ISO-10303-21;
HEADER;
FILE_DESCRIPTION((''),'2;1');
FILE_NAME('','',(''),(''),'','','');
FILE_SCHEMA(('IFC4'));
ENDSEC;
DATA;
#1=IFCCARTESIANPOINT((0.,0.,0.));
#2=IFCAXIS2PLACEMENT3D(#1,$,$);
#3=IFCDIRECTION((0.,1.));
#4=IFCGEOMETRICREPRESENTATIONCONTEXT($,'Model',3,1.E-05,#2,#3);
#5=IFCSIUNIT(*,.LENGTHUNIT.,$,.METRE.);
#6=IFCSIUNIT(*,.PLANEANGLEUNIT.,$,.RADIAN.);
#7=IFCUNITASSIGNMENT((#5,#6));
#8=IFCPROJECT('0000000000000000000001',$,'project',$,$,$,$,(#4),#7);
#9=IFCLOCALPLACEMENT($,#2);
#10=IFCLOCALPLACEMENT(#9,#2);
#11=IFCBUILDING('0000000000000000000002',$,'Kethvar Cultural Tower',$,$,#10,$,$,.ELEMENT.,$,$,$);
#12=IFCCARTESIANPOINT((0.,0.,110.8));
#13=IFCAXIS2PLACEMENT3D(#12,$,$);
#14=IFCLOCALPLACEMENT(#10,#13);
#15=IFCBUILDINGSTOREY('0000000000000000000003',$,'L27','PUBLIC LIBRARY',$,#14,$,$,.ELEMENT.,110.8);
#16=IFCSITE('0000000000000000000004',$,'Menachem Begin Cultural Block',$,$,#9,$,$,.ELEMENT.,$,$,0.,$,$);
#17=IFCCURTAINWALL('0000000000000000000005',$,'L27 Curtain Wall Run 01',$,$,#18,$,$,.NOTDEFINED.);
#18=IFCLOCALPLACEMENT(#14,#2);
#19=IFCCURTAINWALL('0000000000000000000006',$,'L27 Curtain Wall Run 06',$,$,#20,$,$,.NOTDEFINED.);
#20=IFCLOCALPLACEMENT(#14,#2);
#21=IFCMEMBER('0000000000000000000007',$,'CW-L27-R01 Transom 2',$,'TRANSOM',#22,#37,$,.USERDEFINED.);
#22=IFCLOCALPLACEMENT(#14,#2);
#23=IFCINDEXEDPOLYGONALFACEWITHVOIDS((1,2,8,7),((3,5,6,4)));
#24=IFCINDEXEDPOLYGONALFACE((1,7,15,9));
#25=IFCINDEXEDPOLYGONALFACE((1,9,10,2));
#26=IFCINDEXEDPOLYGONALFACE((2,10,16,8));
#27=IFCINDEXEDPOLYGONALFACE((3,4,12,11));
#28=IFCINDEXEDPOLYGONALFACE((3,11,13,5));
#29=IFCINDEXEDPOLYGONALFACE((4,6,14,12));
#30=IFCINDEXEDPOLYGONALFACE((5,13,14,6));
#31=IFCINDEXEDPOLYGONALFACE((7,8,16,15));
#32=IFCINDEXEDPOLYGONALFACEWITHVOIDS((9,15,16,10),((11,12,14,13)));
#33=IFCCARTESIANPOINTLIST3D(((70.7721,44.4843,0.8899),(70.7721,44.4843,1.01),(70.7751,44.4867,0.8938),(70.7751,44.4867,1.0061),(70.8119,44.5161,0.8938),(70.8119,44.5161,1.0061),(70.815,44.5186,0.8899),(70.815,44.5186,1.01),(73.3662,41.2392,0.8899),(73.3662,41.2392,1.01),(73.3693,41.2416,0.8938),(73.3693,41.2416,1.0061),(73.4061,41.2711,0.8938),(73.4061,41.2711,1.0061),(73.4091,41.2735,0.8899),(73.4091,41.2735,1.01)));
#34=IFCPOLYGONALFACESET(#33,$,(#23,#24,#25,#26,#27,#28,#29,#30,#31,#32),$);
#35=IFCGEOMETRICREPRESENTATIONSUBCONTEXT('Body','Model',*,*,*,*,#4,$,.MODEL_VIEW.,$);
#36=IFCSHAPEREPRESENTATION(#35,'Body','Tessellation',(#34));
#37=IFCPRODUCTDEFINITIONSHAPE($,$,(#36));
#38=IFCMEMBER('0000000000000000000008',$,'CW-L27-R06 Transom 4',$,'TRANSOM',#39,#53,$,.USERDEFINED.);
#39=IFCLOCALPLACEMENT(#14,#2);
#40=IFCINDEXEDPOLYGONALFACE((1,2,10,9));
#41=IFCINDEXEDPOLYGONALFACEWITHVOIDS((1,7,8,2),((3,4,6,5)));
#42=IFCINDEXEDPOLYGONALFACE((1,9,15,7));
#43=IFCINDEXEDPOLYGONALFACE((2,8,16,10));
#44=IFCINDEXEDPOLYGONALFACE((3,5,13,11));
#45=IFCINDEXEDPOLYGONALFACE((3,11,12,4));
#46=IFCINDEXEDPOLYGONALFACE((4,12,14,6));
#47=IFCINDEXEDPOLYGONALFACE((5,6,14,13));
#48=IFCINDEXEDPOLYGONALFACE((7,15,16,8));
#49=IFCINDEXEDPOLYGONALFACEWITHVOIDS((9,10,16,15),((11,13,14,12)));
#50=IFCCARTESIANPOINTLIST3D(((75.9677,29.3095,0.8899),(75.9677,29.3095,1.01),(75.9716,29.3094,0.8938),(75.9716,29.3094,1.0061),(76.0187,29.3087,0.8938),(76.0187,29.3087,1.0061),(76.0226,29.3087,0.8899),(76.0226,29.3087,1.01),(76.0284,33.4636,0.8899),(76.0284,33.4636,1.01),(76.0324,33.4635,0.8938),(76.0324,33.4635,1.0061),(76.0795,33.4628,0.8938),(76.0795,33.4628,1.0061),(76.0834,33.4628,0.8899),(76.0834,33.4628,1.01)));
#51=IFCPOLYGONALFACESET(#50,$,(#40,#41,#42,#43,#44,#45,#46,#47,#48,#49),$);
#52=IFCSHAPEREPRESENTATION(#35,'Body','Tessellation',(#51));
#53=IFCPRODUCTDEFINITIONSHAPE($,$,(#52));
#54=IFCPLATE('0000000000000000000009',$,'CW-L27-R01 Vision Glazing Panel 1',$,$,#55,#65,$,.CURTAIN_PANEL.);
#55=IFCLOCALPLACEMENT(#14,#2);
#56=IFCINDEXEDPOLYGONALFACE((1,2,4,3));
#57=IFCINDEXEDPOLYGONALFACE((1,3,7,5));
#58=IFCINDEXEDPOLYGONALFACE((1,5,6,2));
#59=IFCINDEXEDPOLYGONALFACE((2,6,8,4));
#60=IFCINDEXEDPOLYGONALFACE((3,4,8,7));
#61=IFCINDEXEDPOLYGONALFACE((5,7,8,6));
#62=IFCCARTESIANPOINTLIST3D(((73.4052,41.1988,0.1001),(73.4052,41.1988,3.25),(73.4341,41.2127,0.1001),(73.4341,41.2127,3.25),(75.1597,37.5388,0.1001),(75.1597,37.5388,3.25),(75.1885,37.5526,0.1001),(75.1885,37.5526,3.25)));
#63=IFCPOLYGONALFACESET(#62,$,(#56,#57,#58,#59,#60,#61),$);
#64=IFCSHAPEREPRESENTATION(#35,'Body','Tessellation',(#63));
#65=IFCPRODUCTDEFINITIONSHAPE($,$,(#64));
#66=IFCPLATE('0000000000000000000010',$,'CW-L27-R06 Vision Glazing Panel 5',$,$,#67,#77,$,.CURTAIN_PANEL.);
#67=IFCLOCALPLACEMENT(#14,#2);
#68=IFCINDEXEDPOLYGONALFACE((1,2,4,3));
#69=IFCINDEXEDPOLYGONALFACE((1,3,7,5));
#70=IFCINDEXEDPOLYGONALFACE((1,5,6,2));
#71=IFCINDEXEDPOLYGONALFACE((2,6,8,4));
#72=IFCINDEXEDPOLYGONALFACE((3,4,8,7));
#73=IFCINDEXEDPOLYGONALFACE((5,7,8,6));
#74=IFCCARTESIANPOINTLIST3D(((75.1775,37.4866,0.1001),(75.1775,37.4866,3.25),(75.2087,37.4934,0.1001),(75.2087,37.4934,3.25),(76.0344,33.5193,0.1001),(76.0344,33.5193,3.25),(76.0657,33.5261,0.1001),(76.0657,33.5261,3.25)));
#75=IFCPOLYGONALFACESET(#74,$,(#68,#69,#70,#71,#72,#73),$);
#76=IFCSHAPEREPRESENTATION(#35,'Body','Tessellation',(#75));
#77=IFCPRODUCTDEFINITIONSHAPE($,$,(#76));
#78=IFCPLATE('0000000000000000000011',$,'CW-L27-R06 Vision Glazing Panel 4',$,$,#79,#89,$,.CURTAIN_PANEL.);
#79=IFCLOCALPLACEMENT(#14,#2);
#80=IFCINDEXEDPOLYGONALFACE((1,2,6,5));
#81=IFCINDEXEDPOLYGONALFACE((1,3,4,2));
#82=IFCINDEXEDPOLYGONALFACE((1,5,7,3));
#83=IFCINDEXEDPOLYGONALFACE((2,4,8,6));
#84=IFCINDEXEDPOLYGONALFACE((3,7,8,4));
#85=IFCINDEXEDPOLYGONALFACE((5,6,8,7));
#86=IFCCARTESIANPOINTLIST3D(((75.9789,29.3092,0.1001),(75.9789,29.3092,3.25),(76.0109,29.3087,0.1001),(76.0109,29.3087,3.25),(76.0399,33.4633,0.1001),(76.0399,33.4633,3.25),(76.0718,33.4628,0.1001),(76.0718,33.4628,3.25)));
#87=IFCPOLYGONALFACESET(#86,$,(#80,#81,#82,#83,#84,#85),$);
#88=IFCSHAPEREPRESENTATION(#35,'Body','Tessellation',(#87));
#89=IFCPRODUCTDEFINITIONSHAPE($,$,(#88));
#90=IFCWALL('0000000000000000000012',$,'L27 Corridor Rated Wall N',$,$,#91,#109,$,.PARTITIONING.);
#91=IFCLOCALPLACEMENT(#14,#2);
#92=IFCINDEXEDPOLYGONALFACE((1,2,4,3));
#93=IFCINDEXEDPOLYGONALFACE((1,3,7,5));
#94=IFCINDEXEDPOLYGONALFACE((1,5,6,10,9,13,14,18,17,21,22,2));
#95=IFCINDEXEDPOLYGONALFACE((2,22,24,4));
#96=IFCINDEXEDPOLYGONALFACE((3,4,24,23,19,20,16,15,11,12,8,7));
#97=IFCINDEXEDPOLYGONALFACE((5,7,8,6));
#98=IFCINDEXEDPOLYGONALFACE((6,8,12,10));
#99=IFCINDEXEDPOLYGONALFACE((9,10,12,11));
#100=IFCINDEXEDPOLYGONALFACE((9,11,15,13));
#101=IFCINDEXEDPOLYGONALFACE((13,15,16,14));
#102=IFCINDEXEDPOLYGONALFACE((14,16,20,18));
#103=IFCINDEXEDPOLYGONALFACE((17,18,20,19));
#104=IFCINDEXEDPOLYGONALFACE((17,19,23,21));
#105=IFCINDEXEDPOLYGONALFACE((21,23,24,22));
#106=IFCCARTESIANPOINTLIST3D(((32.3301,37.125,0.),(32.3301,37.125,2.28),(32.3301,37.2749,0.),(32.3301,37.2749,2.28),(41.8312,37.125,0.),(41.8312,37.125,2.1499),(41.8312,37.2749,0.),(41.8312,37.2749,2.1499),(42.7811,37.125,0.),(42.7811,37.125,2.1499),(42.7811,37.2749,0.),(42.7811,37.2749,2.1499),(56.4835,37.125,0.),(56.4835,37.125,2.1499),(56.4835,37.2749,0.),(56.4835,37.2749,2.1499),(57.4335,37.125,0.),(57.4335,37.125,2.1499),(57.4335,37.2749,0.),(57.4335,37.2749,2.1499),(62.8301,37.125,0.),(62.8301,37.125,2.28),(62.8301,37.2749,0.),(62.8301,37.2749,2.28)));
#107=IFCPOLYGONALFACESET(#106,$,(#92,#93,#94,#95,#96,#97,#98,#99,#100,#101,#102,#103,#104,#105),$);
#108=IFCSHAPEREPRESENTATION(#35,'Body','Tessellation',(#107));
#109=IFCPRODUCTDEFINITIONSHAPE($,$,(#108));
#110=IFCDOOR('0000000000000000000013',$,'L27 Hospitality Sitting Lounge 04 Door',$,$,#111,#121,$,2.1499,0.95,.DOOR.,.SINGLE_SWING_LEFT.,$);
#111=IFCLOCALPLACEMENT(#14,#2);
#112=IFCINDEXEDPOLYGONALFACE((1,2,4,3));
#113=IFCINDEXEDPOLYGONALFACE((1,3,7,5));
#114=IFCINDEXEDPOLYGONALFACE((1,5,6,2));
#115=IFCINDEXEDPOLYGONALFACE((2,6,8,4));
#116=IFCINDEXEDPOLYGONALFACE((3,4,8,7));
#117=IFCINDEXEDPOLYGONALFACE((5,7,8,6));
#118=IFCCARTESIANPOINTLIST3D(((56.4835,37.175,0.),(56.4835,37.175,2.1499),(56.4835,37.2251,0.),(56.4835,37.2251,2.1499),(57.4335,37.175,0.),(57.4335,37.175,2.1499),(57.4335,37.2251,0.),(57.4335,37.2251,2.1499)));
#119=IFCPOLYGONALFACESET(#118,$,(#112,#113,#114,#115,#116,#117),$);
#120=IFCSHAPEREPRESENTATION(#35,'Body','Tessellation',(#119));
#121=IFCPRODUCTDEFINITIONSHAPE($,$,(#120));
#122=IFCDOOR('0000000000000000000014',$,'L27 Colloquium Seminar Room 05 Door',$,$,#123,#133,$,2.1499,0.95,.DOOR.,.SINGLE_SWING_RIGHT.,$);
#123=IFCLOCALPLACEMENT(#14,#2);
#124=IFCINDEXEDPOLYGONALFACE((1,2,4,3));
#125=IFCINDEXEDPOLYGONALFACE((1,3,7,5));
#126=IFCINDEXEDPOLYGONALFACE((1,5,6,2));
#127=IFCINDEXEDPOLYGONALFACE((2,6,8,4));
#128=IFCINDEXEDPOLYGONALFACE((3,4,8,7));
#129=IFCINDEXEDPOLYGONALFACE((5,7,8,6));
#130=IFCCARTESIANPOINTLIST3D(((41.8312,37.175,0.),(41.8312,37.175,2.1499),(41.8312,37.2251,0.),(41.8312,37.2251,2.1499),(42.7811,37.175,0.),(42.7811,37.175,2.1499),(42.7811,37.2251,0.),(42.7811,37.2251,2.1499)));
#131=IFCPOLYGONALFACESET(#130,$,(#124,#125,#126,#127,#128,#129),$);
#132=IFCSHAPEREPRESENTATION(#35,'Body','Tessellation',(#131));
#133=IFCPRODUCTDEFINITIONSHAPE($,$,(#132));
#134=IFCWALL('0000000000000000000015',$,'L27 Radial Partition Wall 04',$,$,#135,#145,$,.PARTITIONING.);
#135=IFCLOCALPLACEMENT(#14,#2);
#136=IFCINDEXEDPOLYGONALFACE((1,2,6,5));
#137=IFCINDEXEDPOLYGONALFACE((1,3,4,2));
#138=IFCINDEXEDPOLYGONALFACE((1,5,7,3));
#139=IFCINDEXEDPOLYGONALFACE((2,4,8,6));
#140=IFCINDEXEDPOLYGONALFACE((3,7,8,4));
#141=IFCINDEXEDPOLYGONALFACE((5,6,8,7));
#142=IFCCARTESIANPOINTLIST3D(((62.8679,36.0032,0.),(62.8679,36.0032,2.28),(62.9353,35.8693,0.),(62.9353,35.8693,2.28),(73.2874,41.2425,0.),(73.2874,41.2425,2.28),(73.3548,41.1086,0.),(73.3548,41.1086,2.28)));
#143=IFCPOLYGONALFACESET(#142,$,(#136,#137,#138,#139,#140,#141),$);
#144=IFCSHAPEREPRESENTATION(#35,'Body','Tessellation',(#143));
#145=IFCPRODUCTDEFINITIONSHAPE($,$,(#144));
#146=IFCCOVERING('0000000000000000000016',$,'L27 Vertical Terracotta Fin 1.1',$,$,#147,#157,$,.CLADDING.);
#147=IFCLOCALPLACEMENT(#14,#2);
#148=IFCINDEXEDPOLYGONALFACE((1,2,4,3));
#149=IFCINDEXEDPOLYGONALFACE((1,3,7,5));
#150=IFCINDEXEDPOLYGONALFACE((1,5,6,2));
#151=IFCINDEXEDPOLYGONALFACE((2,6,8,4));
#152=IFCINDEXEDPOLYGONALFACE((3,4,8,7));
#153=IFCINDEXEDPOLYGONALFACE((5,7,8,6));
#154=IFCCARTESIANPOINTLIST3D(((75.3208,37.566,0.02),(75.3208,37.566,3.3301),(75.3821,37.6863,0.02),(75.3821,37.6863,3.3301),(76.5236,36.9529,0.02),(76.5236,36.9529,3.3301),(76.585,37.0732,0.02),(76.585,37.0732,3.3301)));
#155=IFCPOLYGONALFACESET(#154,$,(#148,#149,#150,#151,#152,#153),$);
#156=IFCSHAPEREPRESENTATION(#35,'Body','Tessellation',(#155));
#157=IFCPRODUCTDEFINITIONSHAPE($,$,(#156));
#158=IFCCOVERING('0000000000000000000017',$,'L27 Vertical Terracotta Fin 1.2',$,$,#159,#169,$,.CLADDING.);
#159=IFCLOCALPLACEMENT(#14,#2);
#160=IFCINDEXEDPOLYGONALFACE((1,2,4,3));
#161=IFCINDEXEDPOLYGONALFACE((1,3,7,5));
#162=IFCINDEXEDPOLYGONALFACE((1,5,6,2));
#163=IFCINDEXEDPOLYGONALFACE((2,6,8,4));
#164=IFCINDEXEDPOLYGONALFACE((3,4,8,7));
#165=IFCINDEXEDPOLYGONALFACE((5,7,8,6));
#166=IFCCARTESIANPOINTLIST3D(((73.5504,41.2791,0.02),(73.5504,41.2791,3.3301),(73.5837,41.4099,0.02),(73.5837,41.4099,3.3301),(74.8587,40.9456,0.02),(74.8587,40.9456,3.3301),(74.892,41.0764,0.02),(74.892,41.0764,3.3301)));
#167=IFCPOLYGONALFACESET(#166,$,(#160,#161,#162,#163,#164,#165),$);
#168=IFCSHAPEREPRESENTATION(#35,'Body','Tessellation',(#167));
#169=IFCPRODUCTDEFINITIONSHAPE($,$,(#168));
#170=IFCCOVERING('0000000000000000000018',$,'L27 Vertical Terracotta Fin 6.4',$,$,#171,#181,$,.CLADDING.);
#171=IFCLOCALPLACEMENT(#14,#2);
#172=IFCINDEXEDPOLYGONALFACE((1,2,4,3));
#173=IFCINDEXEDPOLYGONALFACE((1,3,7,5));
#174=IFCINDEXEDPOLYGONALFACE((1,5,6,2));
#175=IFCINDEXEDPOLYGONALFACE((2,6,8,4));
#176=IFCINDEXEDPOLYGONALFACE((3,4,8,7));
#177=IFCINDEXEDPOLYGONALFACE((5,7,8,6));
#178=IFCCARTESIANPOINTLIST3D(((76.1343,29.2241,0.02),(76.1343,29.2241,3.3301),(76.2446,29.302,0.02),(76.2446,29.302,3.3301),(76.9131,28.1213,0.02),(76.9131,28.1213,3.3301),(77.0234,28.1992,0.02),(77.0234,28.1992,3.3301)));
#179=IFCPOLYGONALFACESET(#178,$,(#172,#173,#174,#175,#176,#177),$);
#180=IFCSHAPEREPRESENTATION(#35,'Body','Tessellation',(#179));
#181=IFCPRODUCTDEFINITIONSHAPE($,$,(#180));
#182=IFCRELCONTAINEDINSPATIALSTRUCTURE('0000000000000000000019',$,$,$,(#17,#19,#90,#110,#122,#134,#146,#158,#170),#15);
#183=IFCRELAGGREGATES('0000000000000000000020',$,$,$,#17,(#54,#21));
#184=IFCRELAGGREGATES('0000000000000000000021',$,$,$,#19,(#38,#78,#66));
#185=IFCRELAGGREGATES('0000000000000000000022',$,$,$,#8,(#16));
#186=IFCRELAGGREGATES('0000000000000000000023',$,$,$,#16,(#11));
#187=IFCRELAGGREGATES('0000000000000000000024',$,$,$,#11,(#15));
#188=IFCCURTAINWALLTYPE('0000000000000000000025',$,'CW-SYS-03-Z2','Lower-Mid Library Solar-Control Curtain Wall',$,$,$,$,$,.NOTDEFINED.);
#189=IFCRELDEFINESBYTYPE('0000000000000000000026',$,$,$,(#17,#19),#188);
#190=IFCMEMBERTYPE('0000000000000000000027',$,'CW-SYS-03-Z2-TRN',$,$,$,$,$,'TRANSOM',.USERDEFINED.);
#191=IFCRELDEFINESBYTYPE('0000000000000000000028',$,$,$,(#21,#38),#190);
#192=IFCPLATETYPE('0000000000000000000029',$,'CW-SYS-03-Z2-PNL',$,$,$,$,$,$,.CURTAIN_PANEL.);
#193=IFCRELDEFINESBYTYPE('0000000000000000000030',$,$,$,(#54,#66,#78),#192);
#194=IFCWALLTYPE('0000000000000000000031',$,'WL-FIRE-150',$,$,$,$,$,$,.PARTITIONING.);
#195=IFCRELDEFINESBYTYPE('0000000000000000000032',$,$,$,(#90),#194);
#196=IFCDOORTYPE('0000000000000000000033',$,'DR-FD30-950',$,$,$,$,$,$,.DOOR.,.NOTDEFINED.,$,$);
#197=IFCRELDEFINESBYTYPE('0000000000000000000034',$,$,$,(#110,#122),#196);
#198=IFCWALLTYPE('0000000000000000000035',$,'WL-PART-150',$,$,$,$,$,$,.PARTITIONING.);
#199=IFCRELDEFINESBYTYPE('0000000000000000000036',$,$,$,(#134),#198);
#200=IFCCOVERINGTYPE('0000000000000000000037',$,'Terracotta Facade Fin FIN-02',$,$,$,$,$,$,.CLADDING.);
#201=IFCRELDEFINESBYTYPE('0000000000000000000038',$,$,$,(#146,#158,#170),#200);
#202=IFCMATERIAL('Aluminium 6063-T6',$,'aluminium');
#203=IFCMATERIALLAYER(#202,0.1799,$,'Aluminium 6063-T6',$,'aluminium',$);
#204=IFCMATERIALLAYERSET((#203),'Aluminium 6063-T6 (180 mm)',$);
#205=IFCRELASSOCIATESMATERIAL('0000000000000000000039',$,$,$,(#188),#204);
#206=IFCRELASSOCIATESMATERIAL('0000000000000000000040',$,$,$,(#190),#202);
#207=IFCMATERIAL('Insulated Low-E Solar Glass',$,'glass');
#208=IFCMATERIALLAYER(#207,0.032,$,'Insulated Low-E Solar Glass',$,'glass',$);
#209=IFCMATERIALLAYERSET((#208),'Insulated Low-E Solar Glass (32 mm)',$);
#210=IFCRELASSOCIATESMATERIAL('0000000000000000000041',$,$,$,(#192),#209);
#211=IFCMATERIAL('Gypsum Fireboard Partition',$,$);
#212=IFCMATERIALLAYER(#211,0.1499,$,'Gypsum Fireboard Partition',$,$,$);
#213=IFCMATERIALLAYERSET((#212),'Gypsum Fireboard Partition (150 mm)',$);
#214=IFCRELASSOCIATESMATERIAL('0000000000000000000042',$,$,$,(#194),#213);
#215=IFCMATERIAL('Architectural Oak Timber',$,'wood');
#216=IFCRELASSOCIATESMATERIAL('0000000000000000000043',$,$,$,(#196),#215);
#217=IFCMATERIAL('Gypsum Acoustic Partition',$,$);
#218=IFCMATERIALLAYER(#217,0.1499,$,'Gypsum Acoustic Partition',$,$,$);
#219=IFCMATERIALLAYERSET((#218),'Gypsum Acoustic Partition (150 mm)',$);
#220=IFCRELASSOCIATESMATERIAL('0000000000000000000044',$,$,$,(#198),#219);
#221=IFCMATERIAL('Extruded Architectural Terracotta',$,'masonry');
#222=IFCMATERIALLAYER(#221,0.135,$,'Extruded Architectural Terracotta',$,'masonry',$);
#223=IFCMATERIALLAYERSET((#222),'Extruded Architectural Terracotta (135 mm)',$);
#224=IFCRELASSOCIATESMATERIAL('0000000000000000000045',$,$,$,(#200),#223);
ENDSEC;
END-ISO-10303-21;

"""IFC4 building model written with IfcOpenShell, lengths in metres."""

from ifc_helpers import new_model, si_unit, direction, frame, frame_2d, origin, origin_2d, place, context, subcontext, project, spatial, rectangle, hollow_rectangle, extrude, source, transform, mapped, material, layer, layer_set, material_profile, profile_set, type_object, element, fill, aggregate, save


model = new_model("IFC4")

# Units and contexts
model_context = context("Model", 3, precision=1e-05, world=origin(), true_north=direction((0.0, 1.0)))
body_context = subcontext(model_context, "Body", "Model", "MODEL_VIEW")
ifc_project = project(units=[si_unit("LENGTHUNIT", "METRE"), si_unit("PLANEANGLEUNIT", "RADIAN")], contexts=[model_context])

# Site, building, storey
site_placement = place(None, origin())
site = spatial("IfcSite", under=ifc_project, at=site_placement, Name="Menachem Begin Cultural Block", CompositionType="ELEMENT", RefElevation=0.0)
building_placement = place(site_placement, origin())
building = spatial("IfcBuilding", under=site, at=building_placement, Name="Kethvar Cultural Tower", CompositionType="ELEMENT")
storey_placement = place(building_placement, frame((0.0, 0.0, 110.8)))
storey = spatial("IfcBuildingStorey", under=building, at=storey_placement, Name="L27", Description="PUBLIC LIBRARY", CompositionType="ELEMENT", Elevation=110.8)

# Curtain walls
ifc_material_1 = material(Name="Aluminium 6063-T6", Category="aluminium")
ifc_layer_1 = layer(ifc_material_1, 0.1799, Name="Aluminium 6063-T6", Category="aluminium")
ifc_layer_set_1 = layer_set([ifc_layer_1], Name="Aluminium 6063-T6 (180 mm)")
curtain_wall_type = type_object("IfcCurtainWallType", Name="CW-SYS-03-Z2", Description="Lower-Mid Library Solar-Control Curtain Wall", PredefinedType="NOTDEFINED", material=ifc_layer_set_1)
curtain_wall_1_placement = place(storey_placement, origin())
curtain_wall_1 = element("IfcCurtainWall", 1, at=curtain_wall_1_placement, inside=storey, type_object=curtain_wall_type, Name="L27 Curtain Wall Run 01", PredefinedType="NOTDEFINED")
curtain_wall_2_placement = place(storey_placement, origin())
curtain_wall_2 = element("IfcCurtainWall", 2, at=curtain_wall_2_placement, inside=storey, type_object=curtain_wall_type, Name="L27 Curtain Wall Run 06", PredefinedType="NOTDEFINED")

# Members
ifc_material_profile_1 = material_profile(ifc_material_1, hollow_rectangle(XDim=0.0549, YDim=0.1201, WallThickness=0.0039, at=origin_2d()), Name="Aluminium 6063-T6 — RHS120x55x4")
ifc_profile_set_1 = profile_set([ifc_material_profile_1], Name="Aluminium 6063-T6 — RHS120x55x4")
member_type_1 = type_object("IfcMemberType", Name="CW-SYS-03-Z2-TRN", ElementType="TRANSOM", PredefinedType="USERDEFINED", material=ifc_profile_set_1)
shared_shape_1 = source(origin(), body_context, "Body", "SweptSolid", [
    extrude(hollow_rectangle(XDim=0.0549, YDim=0.1201, WallThickness=0.0039, at=origin_2d()), origin(), (0.0, 0.0, 1.0), 4.1545),
])
member_1_placement = place(storey_placement, frame((73.3877, 41.2563, 0.95), z_axis=(-0.624423, 0.781087, 0.0), x_axis=(-0.781087, -0.624423, 0.0)))
member_1 = element("IfcMember", 3, at=member_1_placement, type_object=member_type_1, Name="CW-L27-R01 Transom 2", ObjectType="TRANSOM", PredefinedType="USERDEFINED", context=body_context, shape_type="MappedRepresentation", body=[
    mapped(shared_shape_1, transform((0.0, 0.0, 0.0), scale=1.0)),
])
member_2_placement = place(storey_placement, frame((75.9951, 29.3091, 0.95), z_axis=(0.014633, 0.999893, 0.0), x_axis=(-0.999893, 0.014633, 0.0)))
member_2 = element("IfcMember", 4, at=member_2_placement, type_object=member_type_1, Name="CW-L27-R06 Transom 4", ObjectType="TRANSOM", PredefinedType="USERDEFINED", context=body_context, shape_type="MappedRepresentation", body=[
    mapped(shared_shape_1, transform((0.0, 0.0, 0.0), scale=1.0)),
])

# Plates
ifc_material_2 = material(Name="Insulated Low-E Solar Glass", Category="glass")
ifc_layer_2 = layer(ifc_material_2, 0.032, Name="Insulated Low-E Solar Glass", Category="glass")
ifc_layer_set_2 = layer_set([ifc_layer_2], Name="Insulated Low-E Solar Glass (32 mm)")
plate_type = type_object("IfcPlateType", Name="CW-SYS-03-Z2-PNL", PredefinedType="CURTAIN_PANEL", material=ifc_layer_set_2)
shared_shape_2 = source(origin(), body_context, "Body", "SweptSolid", [
    extrude(rectangle(XDim=4.0588, YDim=0.032, at=origin_2d()), origin(), (0.0, 0.0, 1.0), 3.1499),
])
plate_1_placement = place(storey_placement, frame((74.2969, 39.3757, 0.1001), z_axis=(0.0, 0.0, 1.0), x_axis=(-0.432259, 0.90175, 0.0)))
plate_1 = element("IfcPlate", 5, at=plate_1_placement, type_object=plate_type, Name="CW-L27-R01 Vision Glazing Panel 1", PredefinedType="CURTAIN_PANEL", context=body_context, shape_type="MappedRepresentation", body=[
    mapped(shared_shape_2, transform((0.0, 0.0, 0.0), scale=1.0)),
])
aggregate(curtain_wall_1, [plate_1, member_1])
plate_2_placement = place(storey_placement, frame((75.6216, 35.5063, 0.1001), z_axis=(0.0, 0.0, 1.0), x_axis=(-0.211137, 0.977456, 0.0)))
plate_2 = element("IfcPlate", 6, at=plate_2_placement, type_object=plate_type, Name="CW-L27-R06 Vision Glazing Panel 5", PredefinedType="CURTAIN_PANEL", context=body_context, shape_type="MappedRepresentation", body=[
    mapped(shared_shape_2, transform((0.0, 0.0, 0.0), scale=1.0)),
])
shared_shape_3 = source(origin(), body_context, "Body", "SweptSolid", [
    extrude(rectangle(XDim=4.1545, YDim=0.032, at=origin_2d()), origin(), (0.0, 0.0, 1.0), 3.1499),
])
plate_3_placement = place(storey_placement, frame((76.0254, 31.386, 0.1001), z_axis=(0.0, 0.0, 1.0), x_axis=(0.01466, 0.999893, 0.0)))
plate_3 = element("IfcPlate", 7, at=plate_3_placement, type_object=plate_type, Name="CW-L27-R06 Vision Glazing Panel 4", PredefinedType="CURTAIN_PANEL", context=body_context, shape_type="MappedRepresentation", body=[
    mapped(shared_shape_3, transform((0.0, 0.0, 0.0), scale=1.0)),
])
aggregate(curtain_wall_2, [member_2, plate_3, plate_2])

# Wall, openings, doors
ifc_material_3 = material(Name="Gypsum Fireboard Partition")
ifc_layer_3 = layer(ifc_material_3, 0.1499, Name="Gypsum Fireboard Partition")
ifc_layer_set_3 = layer_set([ifc_layer_3], Name="Gypsum Fireboard Partition (150 mm)")
wall_type_1 = type_object("IfcWallType", Name="WL-FIRE-150", PredefinedType="PARTITIONING", material=ifc_layer_set_3)
wall_1_placement = place(storey_placement, frame((62.8301, 37.2, 0.0), z_axis=(0.0, 0.0, 1.0), x_axis=(-1.0, 0.0, 0.0)))
wall_1 = element("IfcWall", 8, at=wall_1_placement, inside=storey, type_object=wall_type_1, Name="L27 Corridor Rated Wall N", PredefinedType="PARTITIONING", context=body_context, shape_type="SweptSolid", body=[
    extrude(rectangle(XDim=30.5, YDim=0.1499, at=frame_2d((15.25, 0.0))), origin(), (0.0, 0.0, 1.0), 2.28),
])
opening_1_placement = place(wall_1_placement, frame((5.3965, 0.0, 0.0)))
opening_1 = element("IfcOpeningElement", 9, at=opening_1_placement, cuts=wall_1, PredefinedType="OPENING", context=body_context, shape_type="SweptSolid", body=[
    extrude(rectangle(XDim=0.95, YDim=2.1499, at=frame_2d((0.4751, 1.075))), frame((0.0, 0.085, 0.0), z_axis=(0.0, -1.0, 0.0), x_axis=(1.0, 0.0, 0.0)), (0.0, 0.0, 1.0), 0.1699),
])
opening_2_placement = place(wall_1_placement, frame((20.0488, 0.0, 0.0)))
opening_2 = element("IfcOpeningElement", 10, at=opening_2_placement, cuts=wall_1, PredefinedType="OPENING", context=body_context, shape_type="SweptSolid", body=[
    extrude(rectangle(XDim=0.95, YDim=2.1499, at=frame_2d((0.4751, 1.075))), frame((0.0, 0.085, 0.0), z_axis=(0.0, -1.0, 0.0), x_axis=(1.0, 0.0, 0.0)), (0.0, 0.0, 1.0), 0.1699),
])
ifc_material_4 = material(Name="Architectural Oak Timber", Category="wood")
door_type = type_object("IfcDoorType", Name="DR-FD30-950", OperationType="NOTDEFINED", PredefinedType="DOOR", material=ifc_material_4)
shared_shape_4 = source(origin(), body_context, "Body", "SweptSolid", [
    extrude(rectangle(XDim=0.95, YDim=2.1499, at=frame_2d((0.4751, 1.075))), frame((0.0, 0.0249, 0.0), z_axis=(0.0, -1.0, 0.0), x_axis=(1.0, 0.0, 0.0)), (0.0, 0.0, 1.0), 0.05),
])
door_1_placement = place(opening_1_placement, origin())
door_1 = element("IfcDoor", 11, at=door_1_placement, inside=storey, type_object=door_type, Name="L27 Hospitality Sitting Lounge 04 Door", OperationType="SINGLE_SWING_LEFT", OverallHeight=2.1499, OverallWidth=0.95, PredefinedType="DOOR", context=body_context, shape_type="MappedRepresentation", body=[
    mapped(shared_shape_4, transform((0.0, 0.0, 0.0), scale=1.0)),
])
fill(opening_1, door_1)
door_2_placement = place(opening_2_placement, origin())
door_2 = element("IfcDoor", 12, at=door_2_placement, inside=storey, type_object=door_type, Name="L27 Colloquium Seminar Room 05 Door", OperationType="SINGLE_SWING_RIGHT", OverallHeight=2.1499, OverallWidth=0.95, PredefinedType="DOOR", context=body_context, shape_type="MappedRepresentation", body=[
    mapped(shared_shape_4, transform((0.0, 0.0, 0.0), scale=1.0)),
])
fill(opening_2, door_2)

# Wall
ifc_material_5 = material(Name="Gypsum Acoustic Partition")
ifc_layer_4 = layer(ifc_material_5, 0.1499, Name="Gypsum Acoustic Partition")
ifc_layer_set_4 = layer_set([ifc_layer_4], Name="Gypsum Acoustic Partition (150 mm)")
wall_type_2 = type_object("IfcWallType", Name="WL-PART-150", PredefinedType="PARTITIONING", material=ifc_layer_set_4)
wall_2_placement = place(storey_placement, frame((62.9016, 35.9363, 0.0), z_axis=(0.0, 0.0, 1.0), x_axis=(0.893412, 0.449239, 0.0)))
element("IfcWall", 13, at=wall_2_placement, inside=storey, type_object=wall_type_2, Name="L27 Radial Partition Wall 04", PredefinedType="PARTITIONING", context=body_context, shape_type="SweptSolid", body=[
    extrude(rectangle(XDim=11.6626, YDim=0.1499, at=frame_2d((5.8313, 0.0))), origin(), (0.0, 0.0, 1.0), 2.28),
])

# Coverings
ifc_material_6 = material(Name="Extruded Architectural Terracotta", Category="masonry")
ifc_layer_5 = layer(ifc_material_6, 0.135, Name="Extruded Architectural Terracotta", Category="masonry")
ifc_layer_set_5 = layer_set([ifc_layer_5], Name="Extruded Architectural Terracotta (135 mm)")
covering_type = type_object("IfcCoveringType", Name="Terracotta Facade Fin FIN-02", PredefinedType="CLADDING", material=ifc_layer_set_5)
shared_shape_5 = source(origin(), body_context, "Body", "SweptSolid", [
    extrude(rectangle(XDim=1.3501, YDim=0.135, at=origin_2d()), origin(), (0.0, 0.0, 1.0), 3.3101),
])
for number, where, z_axis, x_axis, name in (
    (14, (75.9529, 37.3196, 0.02), (0.0, 0.0, 1.0), (0.890927, -0.454146, 0.0), "L27 Vertical Terracotta Fin 1.1"),
    (15, (74.2212, 41.1777, 0.02), (0.0, 0.0, 1.0), (0.969016, -0.246999, 0.0), "L27 Vertical Terracotta Fin 1.2"),
    (16, (76.5789, 28.7117, 0.02), (0.0, 0.0, 1.0), (0.57686, -0.816843, 0.0), "L27 Vertical Terracotta Fin 6.4"),
):
    element("IfcCovering", number, at=place(storey_placement, frame(where, z_axis=z_axis, x_axis=x_axis)), inside=storey, type_object=covering_type, Name=name, PredefinedType="CLADDING", context=body_context, shape_type="MappedRepresentation", body=[
        mapped(shared_shape_5, transform((0.0, 0.0, 0.0), scale=1.0)),
    ])

save(model, "model.ifc")
